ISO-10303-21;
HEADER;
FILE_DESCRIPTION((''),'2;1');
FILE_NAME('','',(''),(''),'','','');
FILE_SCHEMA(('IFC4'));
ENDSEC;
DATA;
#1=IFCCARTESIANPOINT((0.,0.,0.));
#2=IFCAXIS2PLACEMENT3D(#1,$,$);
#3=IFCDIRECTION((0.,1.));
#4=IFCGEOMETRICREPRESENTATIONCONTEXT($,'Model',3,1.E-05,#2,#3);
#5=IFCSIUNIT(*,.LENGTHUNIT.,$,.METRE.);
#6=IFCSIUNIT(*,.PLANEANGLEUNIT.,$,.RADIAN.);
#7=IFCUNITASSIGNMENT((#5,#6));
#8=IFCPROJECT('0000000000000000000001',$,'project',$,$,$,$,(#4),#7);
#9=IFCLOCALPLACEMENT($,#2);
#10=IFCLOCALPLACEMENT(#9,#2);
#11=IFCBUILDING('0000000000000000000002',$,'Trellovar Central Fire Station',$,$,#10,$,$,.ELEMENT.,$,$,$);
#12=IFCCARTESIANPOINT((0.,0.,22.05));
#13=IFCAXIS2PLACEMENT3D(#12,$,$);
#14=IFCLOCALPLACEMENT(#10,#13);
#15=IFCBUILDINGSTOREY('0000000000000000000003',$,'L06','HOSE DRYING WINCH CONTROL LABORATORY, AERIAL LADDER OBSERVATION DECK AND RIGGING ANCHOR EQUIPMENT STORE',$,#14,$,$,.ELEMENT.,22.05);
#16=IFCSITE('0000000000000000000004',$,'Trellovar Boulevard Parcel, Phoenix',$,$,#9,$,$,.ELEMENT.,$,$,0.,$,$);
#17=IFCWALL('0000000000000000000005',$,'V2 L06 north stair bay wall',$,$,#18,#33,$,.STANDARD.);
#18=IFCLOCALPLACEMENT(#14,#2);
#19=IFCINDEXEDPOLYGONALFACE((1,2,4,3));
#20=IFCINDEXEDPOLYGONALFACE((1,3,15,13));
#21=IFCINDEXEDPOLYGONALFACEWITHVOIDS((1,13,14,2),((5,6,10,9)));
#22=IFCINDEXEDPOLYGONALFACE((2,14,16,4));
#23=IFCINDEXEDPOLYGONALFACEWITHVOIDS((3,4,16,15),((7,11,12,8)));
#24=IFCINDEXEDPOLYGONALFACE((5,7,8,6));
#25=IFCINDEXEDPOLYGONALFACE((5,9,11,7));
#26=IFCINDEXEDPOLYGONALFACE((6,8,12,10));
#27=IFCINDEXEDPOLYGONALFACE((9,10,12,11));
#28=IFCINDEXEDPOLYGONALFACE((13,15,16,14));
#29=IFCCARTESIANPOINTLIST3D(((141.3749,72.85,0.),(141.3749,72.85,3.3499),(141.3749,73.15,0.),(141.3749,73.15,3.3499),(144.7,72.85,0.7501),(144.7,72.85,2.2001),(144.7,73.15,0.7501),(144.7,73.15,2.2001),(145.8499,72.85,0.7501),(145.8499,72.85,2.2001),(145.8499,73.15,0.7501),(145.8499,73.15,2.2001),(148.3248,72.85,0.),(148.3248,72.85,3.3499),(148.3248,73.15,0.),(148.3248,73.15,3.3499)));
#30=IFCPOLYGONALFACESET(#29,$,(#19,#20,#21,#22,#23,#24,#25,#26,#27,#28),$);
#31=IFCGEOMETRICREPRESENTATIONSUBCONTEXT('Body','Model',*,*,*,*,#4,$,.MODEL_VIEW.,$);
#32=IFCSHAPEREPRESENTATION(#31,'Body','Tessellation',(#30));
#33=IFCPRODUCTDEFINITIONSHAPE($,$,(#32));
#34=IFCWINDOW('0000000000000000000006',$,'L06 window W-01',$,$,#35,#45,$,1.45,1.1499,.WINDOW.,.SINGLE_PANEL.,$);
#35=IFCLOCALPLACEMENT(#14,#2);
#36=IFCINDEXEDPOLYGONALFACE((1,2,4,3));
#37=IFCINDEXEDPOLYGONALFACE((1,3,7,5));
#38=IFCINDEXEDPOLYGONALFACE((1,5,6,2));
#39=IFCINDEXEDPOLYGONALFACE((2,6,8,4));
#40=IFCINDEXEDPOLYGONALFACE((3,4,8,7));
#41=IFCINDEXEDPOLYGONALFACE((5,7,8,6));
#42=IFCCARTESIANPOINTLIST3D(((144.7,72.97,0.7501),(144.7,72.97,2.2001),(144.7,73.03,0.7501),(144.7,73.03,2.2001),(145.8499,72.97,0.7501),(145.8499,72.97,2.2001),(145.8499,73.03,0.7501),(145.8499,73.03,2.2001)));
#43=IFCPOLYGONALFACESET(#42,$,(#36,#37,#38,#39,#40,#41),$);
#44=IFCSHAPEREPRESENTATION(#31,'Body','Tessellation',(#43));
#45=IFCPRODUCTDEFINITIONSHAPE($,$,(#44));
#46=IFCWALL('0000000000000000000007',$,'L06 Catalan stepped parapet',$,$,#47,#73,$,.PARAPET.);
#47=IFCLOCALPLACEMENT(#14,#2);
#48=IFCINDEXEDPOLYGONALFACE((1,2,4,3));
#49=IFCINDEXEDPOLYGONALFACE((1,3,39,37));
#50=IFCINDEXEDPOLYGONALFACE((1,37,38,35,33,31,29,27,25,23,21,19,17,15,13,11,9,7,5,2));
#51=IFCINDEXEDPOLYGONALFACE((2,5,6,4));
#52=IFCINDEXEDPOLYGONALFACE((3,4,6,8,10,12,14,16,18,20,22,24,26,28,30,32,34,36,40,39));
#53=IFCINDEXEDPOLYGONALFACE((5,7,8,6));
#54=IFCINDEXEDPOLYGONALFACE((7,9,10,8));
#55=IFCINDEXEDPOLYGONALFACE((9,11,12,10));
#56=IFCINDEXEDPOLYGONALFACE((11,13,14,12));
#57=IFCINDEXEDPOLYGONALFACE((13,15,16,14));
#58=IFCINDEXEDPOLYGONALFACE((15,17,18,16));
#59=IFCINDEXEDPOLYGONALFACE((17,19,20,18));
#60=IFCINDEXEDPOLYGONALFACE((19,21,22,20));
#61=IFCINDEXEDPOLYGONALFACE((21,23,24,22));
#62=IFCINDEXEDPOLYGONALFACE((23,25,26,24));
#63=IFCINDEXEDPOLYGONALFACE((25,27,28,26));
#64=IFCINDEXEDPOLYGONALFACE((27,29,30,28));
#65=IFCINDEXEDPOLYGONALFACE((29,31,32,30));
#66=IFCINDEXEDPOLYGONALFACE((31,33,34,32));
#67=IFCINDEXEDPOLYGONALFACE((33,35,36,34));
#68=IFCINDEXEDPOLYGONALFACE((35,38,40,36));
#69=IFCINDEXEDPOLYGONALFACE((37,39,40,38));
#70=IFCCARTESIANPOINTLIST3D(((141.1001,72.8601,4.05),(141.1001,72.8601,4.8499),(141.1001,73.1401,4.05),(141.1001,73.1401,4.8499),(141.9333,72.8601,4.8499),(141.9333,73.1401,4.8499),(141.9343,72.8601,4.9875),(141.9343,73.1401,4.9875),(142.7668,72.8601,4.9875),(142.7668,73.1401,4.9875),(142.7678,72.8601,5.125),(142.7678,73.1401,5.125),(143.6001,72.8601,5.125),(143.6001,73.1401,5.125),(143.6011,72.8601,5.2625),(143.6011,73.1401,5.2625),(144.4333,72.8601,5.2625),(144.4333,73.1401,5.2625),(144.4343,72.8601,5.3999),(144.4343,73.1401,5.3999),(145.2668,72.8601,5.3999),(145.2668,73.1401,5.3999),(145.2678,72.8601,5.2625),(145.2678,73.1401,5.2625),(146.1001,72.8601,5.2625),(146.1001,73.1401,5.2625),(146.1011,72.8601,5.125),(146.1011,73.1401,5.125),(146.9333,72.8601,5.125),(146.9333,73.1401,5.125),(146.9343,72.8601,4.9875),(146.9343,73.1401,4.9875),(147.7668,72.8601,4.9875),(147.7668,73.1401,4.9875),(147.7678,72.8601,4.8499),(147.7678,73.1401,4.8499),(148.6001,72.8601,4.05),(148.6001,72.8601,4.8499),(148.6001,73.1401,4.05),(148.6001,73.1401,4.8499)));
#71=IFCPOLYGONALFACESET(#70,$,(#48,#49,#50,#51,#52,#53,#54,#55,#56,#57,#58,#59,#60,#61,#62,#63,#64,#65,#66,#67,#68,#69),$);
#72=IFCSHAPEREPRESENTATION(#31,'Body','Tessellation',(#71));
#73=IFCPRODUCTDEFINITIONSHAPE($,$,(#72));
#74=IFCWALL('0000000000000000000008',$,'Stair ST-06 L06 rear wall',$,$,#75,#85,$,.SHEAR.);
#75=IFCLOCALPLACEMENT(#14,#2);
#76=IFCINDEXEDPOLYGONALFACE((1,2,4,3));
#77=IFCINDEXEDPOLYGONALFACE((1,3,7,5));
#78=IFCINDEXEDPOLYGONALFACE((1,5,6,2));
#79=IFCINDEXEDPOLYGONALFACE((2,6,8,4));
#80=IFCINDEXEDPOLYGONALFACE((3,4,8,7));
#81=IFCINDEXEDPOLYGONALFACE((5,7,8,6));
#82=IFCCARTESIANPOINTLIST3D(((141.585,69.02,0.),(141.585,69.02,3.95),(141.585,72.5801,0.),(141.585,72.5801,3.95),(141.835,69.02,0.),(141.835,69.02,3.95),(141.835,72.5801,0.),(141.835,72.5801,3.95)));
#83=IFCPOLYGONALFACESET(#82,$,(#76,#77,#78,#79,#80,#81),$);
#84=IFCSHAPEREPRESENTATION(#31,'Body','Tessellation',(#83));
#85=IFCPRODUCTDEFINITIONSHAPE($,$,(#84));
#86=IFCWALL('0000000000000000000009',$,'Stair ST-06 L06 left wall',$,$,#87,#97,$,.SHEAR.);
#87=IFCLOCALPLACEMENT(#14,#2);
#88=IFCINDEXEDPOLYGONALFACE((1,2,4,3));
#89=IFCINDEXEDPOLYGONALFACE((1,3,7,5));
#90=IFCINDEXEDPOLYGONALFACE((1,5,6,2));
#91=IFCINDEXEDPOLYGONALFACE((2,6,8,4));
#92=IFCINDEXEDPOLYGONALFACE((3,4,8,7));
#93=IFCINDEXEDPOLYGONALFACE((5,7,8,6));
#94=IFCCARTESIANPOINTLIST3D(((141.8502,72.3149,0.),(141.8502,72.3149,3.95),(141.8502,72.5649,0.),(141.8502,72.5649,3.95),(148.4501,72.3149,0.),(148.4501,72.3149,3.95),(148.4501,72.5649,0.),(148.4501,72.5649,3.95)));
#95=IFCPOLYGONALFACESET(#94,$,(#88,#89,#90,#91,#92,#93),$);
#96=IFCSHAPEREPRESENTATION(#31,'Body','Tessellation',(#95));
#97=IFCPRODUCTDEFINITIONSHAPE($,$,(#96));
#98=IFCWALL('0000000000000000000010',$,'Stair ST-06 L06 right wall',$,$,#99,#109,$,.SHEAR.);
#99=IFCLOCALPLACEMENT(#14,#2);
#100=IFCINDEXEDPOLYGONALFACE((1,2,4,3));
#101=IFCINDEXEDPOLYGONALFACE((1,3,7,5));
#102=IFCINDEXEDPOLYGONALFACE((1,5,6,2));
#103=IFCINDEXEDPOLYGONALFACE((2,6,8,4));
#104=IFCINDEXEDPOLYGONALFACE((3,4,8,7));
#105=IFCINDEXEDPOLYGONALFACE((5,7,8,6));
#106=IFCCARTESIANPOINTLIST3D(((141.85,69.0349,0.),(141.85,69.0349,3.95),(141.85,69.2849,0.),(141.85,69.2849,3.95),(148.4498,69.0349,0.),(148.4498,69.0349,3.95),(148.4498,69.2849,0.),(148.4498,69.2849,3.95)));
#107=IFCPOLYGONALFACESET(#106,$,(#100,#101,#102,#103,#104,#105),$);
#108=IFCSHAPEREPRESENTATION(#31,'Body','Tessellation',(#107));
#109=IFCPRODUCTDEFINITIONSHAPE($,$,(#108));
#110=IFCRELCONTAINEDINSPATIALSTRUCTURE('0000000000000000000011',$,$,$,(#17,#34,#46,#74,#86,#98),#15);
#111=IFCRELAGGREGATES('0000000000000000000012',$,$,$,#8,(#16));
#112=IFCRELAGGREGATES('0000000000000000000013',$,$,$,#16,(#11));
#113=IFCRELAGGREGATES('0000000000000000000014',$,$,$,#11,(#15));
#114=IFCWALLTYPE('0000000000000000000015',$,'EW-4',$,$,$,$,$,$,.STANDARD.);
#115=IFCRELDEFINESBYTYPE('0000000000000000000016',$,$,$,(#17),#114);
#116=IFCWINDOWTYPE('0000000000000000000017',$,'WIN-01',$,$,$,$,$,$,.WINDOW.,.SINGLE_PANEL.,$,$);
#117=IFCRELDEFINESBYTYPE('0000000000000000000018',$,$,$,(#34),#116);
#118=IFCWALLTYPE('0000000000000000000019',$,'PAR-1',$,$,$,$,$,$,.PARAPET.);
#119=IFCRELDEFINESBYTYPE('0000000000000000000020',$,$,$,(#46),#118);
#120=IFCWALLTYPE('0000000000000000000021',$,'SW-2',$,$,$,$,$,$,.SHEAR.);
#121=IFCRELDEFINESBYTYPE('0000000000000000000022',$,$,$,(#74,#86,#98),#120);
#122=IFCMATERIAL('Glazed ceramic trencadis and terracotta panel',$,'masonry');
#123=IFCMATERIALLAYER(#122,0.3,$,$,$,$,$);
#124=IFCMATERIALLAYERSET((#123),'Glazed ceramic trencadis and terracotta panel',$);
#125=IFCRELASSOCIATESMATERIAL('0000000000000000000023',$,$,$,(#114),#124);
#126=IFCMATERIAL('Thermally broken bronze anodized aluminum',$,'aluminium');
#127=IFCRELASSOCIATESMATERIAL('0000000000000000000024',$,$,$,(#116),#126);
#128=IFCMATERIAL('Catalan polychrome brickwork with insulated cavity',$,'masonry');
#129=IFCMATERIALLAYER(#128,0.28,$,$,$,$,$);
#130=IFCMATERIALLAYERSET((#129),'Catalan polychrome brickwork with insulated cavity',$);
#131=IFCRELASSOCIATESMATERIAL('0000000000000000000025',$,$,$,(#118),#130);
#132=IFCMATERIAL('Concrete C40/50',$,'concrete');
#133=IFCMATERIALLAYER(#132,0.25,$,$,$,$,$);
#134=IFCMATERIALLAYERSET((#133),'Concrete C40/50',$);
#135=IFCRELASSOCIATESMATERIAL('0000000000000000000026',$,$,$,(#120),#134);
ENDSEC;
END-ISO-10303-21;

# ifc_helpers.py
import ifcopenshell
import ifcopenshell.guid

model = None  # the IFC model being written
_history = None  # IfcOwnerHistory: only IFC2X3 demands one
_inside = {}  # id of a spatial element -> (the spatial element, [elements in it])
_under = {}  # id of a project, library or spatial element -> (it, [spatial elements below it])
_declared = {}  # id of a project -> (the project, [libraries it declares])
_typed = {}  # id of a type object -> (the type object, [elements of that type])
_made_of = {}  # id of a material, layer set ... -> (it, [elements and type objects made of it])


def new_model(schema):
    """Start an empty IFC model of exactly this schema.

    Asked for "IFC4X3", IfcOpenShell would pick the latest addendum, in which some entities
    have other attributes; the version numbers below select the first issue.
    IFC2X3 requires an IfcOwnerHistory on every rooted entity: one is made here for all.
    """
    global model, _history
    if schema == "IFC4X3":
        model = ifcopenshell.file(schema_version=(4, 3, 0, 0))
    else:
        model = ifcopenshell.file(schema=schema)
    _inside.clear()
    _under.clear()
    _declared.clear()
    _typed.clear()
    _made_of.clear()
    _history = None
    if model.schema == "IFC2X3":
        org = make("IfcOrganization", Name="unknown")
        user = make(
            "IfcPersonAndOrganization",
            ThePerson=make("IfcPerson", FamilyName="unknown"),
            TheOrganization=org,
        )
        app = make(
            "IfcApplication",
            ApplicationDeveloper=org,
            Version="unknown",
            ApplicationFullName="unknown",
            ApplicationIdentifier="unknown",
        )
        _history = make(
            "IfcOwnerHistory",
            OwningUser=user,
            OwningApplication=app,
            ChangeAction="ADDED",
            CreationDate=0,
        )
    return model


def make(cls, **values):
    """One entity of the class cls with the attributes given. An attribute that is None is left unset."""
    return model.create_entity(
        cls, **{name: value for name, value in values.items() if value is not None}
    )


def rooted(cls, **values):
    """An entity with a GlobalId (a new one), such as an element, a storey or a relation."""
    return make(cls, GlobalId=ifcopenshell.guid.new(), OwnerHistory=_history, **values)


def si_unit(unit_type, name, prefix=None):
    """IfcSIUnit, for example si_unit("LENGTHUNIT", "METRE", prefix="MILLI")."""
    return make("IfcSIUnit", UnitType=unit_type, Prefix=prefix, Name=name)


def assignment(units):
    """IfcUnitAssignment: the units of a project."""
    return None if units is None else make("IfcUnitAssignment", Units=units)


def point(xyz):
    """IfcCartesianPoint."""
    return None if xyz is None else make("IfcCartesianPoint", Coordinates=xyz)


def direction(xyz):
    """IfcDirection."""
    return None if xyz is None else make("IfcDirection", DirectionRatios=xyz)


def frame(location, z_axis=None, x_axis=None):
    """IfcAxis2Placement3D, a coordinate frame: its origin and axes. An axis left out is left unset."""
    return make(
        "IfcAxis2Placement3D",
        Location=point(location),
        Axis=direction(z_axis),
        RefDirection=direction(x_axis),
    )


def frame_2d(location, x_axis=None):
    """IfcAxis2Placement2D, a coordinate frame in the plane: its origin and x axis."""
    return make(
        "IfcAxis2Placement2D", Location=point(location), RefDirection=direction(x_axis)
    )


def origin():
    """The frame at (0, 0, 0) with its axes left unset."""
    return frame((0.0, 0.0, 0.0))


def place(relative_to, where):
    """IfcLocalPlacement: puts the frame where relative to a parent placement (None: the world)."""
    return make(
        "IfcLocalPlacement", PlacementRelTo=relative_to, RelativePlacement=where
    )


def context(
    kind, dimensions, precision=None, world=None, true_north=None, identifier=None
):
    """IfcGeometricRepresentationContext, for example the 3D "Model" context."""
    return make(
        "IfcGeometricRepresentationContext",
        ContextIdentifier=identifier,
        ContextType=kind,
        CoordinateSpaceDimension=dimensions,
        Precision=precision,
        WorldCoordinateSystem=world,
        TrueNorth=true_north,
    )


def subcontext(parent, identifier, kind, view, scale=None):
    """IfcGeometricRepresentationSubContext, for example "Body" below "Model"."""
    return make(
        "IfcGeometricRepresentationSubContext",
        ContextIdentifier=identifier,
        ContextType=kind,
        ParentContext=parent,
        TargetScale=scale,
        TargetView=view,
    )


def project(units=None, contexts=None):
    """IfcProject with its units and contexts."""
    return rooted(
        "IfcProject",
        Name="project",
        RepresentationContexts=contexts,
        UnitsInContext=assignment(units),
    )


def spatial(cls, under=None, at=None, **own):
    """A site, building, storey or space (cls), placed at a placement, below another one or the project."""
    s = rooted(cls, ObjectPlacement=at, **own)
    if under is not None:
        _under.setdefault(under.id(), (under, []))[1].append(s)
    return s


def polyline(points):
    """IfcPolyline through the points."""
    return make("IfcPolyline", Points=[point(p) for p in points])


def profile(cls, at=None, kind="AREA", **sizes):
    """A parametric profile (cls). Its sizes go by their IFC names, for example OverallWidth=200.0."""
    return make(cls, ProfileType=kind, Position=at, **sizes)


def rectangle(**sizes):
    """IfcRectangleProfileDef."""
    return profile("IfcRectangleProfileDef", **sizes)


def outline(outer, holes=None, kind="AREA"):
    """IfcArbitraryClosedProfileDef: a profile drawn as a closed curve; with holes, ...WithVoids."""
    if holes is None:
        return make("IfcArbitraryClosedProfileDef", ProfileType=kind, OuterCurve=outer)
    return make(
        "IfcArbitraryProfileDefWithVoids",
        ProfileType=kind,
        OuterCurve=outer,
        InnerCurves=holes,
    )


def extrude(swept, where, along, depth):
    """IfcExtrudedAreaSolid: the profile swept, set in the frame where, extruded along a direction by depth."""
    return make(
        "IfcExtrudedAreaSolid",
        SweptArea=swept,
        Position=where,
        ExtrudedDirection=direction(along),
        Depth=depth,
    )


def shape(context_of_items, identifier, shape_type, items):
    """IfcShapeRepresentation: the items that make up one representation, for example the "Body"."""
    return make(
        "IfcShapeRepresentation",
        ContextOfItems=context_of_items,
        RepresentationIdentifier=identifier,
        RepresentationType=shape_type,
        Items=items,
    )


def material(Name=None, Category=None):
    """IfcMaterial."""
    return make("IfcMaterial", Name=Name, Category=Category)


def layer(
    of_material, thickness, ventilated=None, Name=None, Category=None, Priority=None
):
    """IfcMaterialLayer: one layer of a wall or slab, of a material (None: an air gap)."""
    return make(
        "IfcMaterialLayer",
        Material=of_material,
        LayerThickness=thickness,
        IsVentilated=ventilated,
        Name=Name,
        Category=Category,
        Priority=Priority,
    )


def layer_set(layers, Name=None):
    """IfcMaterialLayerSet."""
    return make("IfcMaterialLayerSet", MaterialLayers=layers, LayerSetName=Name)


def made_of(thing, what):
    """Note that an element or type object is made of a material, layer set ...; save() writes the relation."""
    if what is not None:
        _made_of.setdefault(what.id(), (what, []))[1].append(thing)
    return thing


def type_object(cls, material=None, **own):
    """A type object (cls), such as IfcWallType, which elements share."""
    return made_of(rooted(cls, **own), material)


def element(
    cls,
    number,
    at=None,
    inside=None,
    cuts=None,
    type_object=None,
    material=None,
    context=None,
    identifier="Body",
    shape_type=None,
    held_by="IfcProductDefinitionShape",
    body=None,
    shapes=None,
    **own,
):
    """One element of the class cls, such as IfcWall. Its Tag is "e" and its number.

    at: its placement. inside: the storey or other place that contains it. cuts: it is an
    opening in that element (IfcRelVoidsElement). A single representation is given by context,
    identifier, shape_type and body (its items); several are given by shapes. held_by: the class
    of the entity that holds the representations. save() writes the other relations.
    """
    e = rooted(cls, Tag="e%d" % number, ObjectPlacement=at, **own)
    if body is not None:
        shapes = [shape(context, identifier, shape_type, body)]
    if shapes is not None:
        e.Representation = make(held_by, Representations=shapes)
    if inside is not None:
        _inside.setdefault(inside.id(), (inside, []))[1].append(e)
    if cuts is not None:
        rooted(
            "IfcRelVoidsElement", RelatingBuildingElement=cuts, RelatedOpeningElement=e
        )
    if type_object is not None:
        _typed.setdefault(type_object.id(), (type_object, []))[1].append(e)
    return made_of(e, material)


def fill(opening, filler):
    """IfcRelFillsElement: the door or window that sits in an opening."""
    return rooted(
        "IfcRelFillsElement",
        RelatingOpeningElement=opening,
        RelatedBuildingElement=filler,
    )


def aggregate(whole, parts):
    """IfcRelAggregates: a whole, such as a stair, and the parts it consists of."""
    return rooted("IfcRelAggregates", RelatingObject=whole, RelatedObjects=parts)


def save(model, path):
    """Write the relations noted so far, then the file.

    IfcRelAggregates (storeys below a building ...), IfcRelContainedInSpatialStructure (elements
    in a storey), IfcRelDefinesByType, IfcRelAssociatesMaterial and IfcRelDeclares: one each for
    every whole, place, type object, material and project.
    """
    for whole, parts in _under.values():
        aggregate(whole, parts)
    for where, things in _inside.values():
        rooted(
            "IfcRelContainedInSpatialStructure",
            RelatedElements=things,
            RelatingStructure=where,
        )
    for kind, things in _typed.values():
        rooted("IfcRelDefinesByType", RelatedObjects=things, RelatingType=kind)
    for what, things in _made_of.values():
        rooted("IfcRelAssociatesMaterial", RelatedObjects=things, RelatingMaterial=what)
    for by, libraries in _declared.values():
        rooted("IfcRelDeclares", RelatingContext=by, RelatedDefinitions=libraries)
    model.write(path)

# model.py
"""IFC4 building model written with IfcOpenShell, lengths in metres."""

from ifc_helpers import new_model, si_unit, direction, frame, frame_2d, origin, place, context, subcontext, project, spatial, polyline, rectangle, outline, extrude, material, layer, layer_set, type_object, element, fill, save


model = new_model("IFC4")

# Units and contexts
model_context = context("Model", 3, precision=1e-05, world=origin(), true_north=direction((0.0, 1.0)))
body_context = subcontext(model_context, "Body", "Model", "MODEL_VIEW")
ifc_project = project(units=[si_unit("LENGTHUNIT", "METRE"), si_unit("PLANEANGLEUNIT", "RADIAN")], contexts=[model_context])

# Site, building, storey
site_placement = place(None, origin())
site = spatial("IfcSite", under=ifc_project, at=site_placement, Name="Trellovar Boulevard Parcel, Phoenix", CompositionType="ELEMENT", RefElevation=0.0)
building_placement = place(site_placement, origin())
building = spatial("IfcBuilding", under=site, at=building_placement, Name="Trellovar Central Fire Station", CompositionType="ELEMENT")
storey_placement = place(building_placement, frame((0.0, 0.0, 22.05)))
storey = spatial("IfcBuildingStorey", under=building, at=storey_placement, Name="L06", Description="HOSE DRYING WINCH CONTROL LABORATORY, AERIAL LADDER OBSERVATION DECK AND RIGGING ANCHOR EQUIPMENT STORE", CompositionType="ELEMENT", Elevation=22.05)

# Wall, opening, window
ifc_material_1 = material(Name="Glazed ceramic trencadis and terracotta panel", Category="masonry")
ifc_layer_1 = layer(ifc_material_1, 0.3)
ifc_layer_set_1 = layer_set([ifc_layer_1], Name="Glazed ceramic trencadis and terracotta panel")
wall_type_1 = type_object("IfcWallType", Name="EW-4", PredefinedType="STANDARD", material=ifc_layer_set_1)
wall_1_placement = place(storey_placement, frame((148.325, 73.0, 0.0), z_axis=(0.0, 0.0, 1.0), x_axis=(-1.0, 0.0, 0.0)))
wall_1 = element("IfcWall", 1, at=wall_1_placement, inside=storey, type_object=wall_type_1, Name="V2 L06 north stair bay wall", PredefinedType="STANDARD", context=body_context, shape_type="SweptSolid", body=[
    extrude(rectangle(XDim=6.95, YDim=0.3, at=frame_2d((3.4751, 0.0))), origin(), (0.0, 0.0, 1.0), 3.3499),
])
opening_1_placement = place(wall_1_placement, frame((2.4751, 0.0, 0.75)))
opening_1 = element("IfcOpeningElement", 2, at=opening_1_placement, cuts=wall_1, PredefinedType="OPENING", context=body_context, shape_type="SweptSolid", body=[
    extrude(rectangle(XDim=1.1499, YDim=1.45, at=frame_2d((0.575, 0.7251))), frame((0.0, 0.1599, 0.0), z_axis=(0.0, -1.0, 0.0), x_axis=(1.0, 0.0, 0.0)), (0.0, 0.0, 1.0), 0.3201),
])
ifc_material_2 = material(Name="Thermally broken bronze anodized aluminum", Category="aluminium")
window_type = type_object("IfcWindowType", Name="WIN-01", PartitioningType="SINGLE_PANEL", PredefinedType="WINDOW", material=ifc_material_2)
window_placement = place(opening_1_placement, origin())
window = element("IfcWindow", 3, at=window_placement, inside=storey, type_object=window_type, Name="L06 window W-01", OverallHeight=1.45, OverallWidth=1.1499, PartitioningType="SINGLE_PANEL", PredefinedType="WINDOW", context=body_context, shape_type="SweptSolid", body=[
    extrude(rectangle(XDim=1.1499, YDim=1.45, at=frame_2d((0.575, 0.7251))), frame((0.0, 0.03, 0.0), z_axis=(0.0, -1.0, 0.0), x_axis=(1.0, 0.0, 0.0)), (0.0, 0.0, 1.0), 0.0601),
])
fill(opening_1, window)

# Wall
ifc_material_3 = material(Name="Catalan polychrome brickwork with insulated cavity", Category="masonry")
ifc_layer_2 = layer(ifc_material_3, 0.28)
ifc_layer_set_2 = layer_set([ifc_layer_2], Name="Catalan polychrome brickwork with insulated cavity")
wall_type_2 = type_object("IfcWallType", Name="PAR-1", PredefinedType="PARAPET", material=ifc_layer_set_2)
wall_2_placement = place(storey_placement, frame((141.1001, 73.0, 4.05), z_axis=(0.0, 0.0, 1.0), x_axis=(1.0, 0.0, 0.0)))
element("IfcWall", 4, at=wall_2_placement, inside=storey, type_object=wall_type_2, Name="L06 Catalan stepped parapet", PredefinedType="PARAPET", context=body_context, shape_type="SweptSolid", body=[
    extrude(outline(polyline([(0.0, 0.0), (7.5, 0.0), (7.5, 0.7998), (6.6677, 0.7998), (6.6667, 0.9375), (5.8342, 0.9375), (5.8333, 1.075), (5.001, 1.075), (5.0, 1.2124), (4.1677, 1.2124), (4.1667, 1.3499), (3.3342, 1.3499), (3.3333, 1.2124), (2.501, 1.2124), (2.5, 1.075), (1.6677, 1.075), (1.6667, 0.9375), (0.8342, 0.9375), (0.8333, 0.7998), (0.0, 0.7998), (0.0, 0.0)])), frame((0.0, 0.1401, 0.0), z_axis=(0.0, -1.0, 0.0), x_axis=(1.0, 0.0, 0.0)), (0.0, 0.0, 1.0), 0.28),
])

# Walls
ifc_material_4 = material(Name="Concrete C40/50", Category="concrete")
ifc_layer_3 = layer(ifc_material_4, 0.25)
ifc_layer_set_3 = layer_set([ifc_layer_3], Name="Concrete C40/50")
wall_type_3 = type_object("IfcWallType", Name="SW-2", PredefinedType="SHEAR", material=ifc_layer_set_3)
wall_3_placement = place(storey_placement, frame((141.71, 69.02, 0.0), z_axis=(0.0, 0.0, 1.0), x_axis=(0.0, 1.0, 0.0)))
element("IfcWall", 5, at=wall_3_placement, inside=storey, type_object=wall_type_3, Name="Stair ST-06 L06 rear wall", PredefinedType="SHEAR", context=body_context, shape_type="SweptSolid", body=[
    extrude(rectangle(XDim=3.5601, YDim=0.25, at=frame_2d((1.78, 0.0))), origin(), (0.0, 0.0, 1.0), 3.95),
])
for number, where, z_axis, x_axis, name in (
    (6, (148.45, 72.4399, 0.0), (0.0, 0.0, 1.0), (-1.0, 0.0, 0.0), "Stair ST-06 L06 left wall"),
    (7, (141.8501, 69.1599, 0.0), (0.0, 0.0, 1.0), (1.0, 0.0, 0.0), "Stair ST-06 L06 right wall"),
):
    element("IfcWall", number, at=place(storey_placement, frame(where, z_axis=z_axis, x_axis=x_axis)), inside=storey, type_object=wall_type_3, Name=name, PredefinedType="SHEAR", context=body_context, shape_type="SweptSolid", body=[
        extrude(rectangle(XDim=6.5999, YDim=0.25, at=frame_2d((3.2998, 0.0))), origin(), (0.0, 0.0, 1.0), 3.95),
    ])

save(model, "model.ifc")
